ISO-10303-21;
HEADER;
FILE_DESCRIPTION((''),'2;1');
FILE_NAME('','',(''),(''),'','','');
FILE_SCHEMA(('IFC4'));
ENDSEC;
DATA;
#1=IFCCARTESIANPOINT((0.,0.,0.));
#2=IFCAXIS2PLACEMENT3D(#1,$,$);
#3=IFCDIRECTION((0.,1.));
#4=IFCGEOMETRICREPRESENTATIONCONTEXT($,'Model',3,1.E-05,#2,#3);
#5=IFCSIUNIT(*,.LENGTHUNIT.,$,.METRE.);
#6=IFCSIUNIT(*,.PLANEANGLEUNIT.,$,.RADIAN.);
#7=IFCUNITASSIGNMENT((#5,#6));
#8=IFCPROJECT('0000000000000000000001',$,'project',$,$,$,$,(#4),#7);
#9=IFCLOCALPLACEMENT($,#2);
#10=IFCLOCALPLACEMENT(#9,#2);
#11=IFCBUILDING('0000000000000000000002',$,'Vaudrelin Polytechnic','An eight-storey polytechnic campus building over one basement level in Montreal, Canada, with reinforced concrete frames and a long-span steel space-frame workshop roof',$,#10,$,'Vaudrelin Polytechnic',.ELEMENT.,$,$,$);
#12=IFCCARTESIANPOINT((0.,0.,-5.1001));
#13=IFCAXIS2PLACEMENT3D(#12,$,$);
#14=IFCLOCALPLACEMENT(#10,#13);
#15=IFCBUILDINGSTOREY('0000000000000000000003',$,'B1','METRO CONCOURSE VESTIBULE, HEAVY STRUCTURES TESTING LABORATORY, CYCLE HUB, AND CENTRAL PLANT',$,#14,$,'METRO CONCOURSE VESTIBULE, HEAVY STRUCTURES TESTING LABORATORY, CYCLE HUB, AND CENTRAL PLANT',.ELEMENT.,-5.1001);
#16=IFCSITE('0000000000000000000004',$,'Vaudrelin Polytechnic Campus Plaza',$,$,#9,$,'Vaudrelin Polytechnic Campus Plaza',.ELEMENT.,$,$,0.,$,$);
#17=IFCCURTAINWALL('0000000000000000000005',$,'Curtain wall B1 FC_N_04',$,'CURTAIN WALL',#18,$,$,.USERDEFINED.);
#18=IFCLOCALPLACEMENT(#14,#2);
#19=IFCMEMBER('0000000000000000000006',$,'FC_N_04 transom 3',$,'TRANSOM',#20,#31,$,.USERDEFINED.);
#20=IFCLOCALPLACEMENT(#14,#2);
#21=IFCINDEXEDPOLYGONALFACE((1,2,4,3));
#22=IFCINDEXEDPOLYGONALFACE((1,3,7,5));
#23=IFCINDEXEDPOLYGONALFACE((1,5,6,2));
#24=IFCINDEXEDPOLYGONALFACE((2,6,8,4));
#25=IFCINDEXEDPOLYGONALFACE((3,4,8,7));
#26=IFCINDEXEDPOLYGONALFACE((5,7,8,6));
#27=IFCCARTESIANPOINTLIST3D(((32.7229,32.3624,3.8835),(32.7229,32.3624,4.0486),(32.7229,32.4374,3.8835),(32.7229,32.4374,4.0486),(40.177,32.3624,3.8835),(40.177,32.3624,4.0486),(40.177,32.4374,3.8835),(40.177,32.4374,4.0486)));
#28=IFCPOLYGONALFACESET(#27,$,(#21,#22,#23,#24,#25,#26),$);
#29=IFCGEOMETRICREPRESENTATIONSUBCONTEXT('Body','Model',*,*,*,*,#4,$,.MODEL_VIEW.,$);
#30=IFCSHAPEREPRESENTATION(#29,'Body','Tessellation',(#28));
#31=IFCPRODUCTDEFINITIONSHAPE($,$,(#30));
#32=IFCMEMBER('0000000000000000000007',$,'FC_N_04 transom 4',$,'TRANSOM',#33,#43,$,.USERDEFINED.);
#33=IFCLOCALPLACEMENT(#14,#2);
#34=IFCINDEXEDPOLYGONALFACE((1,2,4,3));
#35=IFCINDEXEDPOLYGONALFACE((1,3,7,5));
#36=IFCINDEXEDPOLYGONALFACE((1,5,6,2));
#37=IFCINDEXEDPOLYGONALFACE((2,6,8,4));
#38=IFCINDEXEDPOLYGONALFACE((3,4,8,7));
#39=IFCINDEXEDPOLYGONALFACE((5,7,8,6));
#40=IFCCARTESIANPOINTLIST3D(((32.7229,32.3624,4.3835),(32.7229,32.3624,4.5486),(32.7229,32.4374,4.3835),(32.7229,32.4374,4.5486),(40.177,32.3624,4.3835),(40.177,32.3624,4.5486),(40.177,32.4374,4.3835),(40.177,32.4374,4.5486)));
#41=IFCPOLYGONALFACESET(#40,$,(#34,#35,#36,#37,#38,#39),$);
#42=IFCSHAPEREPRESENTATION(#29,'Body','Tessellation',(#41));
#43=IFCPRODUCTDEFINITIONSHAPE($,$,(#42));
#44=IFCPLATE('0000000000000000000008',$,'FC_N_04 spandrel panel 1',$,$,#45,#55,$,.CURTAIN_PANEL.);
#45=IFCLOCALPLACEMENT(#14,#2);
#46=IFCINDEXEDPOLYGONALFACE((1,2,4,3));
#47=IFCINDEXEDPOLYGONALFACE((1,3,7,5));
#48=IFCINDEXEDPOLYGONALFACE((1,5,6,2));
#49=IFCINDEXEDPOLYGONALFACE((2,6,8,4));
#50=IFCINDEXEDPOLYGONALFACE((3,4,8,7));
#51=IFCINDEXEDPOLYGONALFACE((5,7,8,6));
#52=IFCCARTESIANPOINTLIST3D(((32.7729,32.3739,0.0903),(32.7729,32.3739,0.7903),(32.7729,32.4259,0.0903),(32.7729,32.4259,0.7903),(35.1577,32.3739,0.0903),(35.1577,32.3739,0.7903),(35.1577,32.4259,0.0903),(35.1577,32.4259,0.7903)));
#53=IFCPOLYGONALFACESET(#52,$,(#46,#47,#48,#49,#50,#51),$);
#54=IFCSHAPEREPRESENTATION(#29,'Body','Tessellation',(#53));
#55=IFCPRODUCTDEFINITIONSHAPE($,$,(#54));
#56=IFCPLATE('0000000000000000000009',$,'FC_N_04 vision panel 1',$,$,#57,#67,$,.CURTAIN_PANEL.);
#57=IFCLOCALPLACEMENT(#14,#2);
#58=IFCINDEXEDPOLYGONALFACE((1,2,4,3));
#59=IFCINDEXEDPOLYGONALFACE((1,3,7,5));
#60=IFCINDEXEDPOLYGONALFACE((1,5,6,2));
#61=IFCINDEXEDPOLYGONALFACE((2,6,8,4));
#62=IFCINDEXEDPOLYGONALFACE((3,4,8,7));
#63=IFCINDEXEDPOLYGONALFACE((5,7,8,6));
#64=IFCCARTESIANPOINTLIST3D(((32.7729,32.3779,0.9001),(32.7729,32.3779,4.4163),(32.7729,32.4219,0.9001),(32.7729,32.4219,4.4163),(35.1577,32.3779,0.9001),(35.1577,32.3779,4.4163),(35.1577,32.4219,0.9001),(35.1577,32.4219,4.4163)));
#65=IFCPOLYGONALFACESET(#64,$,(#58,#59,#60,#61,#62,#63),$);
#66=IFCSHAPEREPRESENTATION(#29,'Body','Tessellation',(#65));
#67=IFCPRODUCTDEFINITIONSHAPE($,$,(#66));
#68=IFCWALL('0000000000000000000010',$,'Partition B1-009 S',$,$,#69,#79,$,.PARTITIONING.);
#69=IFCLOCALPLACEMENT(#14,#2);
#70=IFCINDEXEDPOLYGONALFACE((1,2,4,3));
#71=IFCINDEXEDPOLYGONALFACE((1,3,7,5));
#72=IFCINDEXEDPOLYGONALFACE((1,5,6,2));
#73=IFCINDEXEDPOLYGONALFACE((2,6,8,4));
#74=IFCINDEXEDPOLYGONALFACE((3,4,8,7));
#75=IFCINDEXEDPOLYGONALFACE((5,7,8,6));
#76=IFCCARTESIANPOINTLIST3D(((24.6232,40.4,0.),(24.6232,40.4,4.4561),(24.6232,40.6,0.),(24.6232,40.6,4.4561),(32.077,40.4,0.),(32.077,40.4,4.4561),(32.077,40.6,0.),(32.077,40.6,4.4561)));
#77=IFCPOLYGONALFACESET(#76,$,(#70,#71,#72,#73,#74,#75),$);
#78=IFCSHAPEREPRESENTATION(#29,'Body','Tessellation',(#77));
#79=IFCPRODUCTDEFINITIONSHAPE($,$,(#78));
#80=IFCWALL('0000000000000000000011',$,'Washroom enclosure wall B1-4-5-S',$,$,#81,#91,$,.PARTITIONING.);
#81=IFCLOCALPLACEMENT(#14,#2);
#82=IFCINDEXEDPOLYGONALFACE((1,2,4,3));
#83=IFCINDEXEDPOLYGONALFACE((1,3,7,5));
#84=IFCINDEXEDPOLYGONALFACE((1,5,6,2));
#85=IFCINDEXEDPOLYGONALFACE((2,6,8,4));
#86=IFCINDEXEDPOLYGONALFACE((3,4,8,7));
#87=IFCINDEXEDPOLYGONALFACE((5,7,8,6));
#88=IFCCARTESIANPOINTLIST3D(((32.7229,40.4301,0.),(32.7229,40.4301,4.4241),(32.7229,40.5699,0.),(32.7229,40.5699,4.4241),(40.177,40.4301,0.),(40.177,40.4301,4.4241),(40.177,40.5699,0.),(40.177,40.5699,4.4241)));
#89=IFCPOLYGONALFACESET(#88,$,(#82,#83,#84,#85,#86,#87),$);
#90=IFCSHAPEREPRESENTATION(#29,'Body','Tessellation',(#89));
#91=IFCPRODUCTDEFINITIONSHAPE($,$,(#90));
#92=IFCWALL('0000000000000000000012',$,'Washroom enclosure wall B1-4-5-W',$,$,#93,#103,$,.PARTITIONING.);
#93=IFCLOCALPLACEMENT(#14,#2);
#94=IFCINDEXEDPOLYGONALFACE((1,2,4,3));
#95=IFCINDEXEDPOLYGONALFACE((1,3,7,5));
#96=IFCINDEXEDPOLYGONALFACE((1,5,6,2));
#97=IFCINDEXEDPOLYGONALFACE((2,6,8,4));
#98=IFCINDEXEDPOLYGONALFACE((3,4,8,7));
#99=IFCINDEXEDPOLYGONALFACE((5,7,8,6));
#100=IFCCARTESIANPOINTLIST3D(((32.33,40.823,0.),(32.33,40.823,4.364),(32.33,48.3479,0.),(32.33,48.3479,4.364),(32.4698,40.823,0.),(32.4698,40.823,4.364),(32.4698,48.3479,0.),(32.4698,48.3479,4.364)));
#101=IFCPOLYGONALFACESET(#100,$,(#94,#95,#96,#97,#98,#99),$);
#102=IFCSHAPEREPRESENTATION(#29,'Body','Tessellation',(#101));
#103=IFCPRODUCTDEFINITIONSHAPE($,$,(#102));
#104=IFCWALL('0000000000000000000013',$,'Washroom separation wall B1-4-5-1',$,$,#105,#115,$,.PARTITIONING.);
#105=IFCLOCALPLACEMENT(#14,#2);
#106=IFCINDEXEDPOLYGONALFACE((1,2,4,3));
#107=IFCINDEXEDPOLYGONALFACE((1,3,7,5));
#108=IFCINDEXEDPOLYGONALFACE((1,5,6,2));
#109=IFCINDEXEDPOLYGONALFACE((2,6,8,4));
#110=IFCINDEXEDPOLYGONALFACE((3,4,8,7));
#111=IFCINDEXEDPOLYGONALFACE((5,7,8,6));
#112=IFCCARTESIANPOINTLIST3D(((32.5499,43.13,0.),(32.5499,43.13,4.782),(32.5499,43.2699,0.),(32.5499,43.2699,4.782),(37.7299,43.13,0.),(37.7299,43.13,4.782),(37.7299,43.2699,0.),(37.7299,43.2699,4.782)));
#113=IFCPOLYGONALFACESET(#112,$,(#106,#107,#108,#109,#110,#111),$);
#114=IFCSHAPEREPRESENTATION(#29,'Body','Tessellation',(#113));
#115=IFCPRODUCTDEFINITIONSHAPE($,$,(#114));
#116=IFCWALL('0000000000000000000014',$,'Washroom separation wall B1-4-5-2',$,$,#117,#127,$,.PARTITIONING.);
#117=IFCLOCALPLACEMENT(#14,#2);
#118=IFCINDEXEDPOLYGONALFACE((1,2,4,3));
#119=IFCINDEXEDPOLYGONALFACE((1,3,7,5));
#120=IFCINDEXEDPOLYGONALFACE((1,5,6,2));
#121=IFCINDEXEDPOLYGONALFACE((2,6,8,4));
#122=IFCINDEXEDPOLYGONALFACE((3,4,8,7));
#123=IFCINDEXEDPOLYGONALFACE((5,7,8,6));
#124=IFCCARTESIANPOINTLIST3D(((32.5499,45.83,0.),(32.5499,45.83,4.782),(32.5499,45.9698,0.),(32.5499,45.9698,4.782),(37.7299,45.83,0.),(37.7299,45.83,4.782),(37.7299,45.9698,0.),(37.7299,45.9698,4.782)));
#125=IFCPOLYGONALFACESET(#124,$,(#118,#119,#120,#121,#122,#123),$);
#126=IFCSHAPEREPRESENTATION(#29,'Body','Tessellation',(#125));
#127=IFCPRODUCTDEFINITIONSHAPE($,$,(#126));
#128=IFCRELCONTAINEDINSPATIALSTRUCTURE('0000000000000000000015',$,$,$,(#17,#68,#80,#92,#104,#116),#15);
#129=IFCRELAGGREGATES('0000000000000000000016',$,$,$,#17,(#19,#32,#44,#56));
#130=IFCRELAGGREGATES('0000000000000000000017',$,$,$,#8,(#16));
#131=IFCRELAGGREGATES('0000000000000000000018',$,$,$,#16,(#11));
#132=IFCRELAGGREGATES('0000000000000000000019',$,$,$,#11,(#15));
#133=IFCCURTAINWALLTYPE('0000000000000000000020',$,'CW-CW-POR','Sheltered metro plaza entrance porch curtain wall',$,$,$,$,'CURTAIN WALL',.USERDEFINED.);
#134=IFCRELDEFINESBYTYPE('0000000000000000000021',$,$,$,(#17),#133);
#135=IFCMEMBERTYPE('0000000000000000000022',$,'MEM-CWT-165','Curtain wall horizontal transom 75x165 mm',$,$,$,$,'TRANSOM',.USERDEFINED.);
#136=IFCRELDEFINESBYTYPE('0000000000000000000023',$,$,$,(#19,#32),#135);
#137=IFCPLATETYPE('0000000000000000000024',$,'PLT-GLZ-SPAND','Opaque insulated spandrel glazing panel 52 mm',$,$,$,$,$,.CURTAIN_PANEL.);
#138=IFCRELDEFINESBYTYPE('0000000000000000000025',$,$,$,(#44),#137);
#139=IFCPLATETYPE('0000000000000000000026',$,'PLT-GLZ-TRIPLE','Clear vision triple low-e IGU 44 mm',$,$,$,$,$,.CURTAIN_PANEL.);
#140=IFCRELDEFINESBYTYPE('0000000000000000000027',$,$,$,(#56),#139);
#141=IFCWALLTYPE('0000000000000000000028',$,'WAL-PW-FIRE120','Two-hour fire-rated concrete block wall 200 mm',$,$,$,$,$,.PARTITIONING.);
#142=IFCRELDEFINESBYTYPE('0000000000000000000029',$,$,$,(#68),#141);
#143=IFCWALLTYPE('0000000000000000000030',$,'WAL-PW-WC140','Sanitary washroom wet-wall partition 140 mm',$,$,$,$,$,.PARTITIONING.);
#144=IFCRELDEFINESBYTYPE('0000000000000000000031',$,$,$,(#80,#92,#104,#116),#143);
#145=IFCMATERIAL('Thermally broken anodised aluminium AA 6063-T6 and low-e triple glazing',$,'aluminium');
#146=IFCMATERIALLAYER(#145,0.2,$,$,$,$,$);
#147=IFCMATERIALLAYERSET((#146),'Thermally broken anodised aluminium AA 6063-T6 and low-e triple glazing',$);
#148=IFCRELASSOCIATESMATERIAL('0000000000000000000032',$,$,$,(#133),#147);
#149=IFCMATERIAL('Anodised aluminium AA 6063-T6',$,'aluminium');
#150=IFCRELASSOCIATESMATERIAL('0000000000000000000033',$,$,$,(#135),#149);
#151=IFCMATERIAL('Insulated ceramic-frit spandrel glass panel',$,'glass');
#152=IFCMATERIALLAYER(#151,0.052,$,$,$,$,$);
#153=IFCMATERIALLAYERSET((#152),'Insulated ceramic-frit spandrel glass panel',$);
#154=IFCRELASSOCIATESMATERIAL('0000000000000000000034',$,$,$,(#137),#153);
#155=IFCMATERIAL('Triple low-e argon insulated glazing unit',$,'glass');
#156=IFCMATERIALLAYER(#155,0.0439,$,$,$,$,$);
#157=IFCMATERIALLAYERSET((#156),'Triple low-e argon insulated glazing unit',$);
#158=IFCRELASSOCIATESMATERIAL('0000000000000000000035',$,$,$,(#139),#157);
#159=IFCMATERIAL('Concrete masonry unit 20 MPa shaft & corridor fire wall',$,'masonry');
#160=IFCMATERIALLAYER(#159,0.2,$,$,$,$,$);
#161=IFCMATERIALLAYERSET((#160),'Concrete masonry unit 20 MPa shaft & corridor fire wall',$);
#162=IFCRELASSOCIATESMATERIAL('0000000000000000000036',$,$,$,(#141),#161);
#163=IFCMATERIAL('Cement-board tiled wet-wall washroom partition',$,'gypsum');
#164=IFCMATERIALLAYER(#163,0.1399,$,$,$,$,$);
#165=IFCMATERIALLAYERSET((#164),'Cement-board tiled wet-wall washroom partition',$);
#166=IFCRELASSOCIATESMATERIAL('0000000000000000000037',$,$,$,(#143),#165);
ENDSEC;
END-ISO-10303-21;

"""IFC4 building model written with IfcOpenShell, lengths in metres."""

from ifc_helpers import new_model, si_unit, direction, frame, frame_2d, origin, origin_2d, place, context, subcontext, project, spatial, rectangle, extrude, material, layer, layer_set, material_profile, profile_set, type_object, element, aggregate, save


model = new_model("IFC4")

# Units and contexts
model_context = context("Model", 3, precision=1e-05, world=origin(), true_north=direction((0.0, 1.0)))
body_context = subcontext(model_context, "Body", "Model", "MODEL_VIEW")
ifc_project = project(units=[si_unit("LENGTHUNIT", "METRE"), si_unit("PLANEANGLEUNIT", "RADIAN")], contexts=[model_context])

# Site, building, storey
site_placement = place(None, origin())
site = spatial("IfcSite", under=ifc_project, at=site_placement, Name="Vaudrelin Polytechnic Campus Plaza", LongName="Vaudrelin Polytechnic Campus Plaza", CompositionType="ELEMENT", RefElevation=0.0)
building_placement = place(site_placement, origin())
building = spatial("IfcBuilding", under=site, at=building_placement, Name="Vaudrelin Polytechnic", Description="An eight-storey polytechnic campus building over one basement level in Montreal, Canada, with reinforced concrete frames and a long-span steel space-frame workshop roof", LongName="Vaudrelin Polytechnic", CompositionType="ELEMENT")
storey_placement = place(building_placement, frame((0.0, 0.0, -5.1001)))
storey = spatial("IfcBuildingStorey", under=building, at=storey_placement, Name="B1", Description="METRO CONCOURSE VESTIBULE, HEAVY STRUCTURES TESTING LABORATORY, CYCLE HUB, AND CENTRAL PLANT", LongName="METRO CONCOURSE VESTIBULE, HEAVY STRUCTURES TESTING LABORATORY, CYCLE HUB, AND CENTRAL PLANT", CompositionType="ELEMENT", Elevation=-5.1001)

# Curtain wall, members, plates
ifc_material_1 = material(Name="Thermally broken anodised aluminium AA 6063-T6 and low-e triple glazing", Category="aluminium")
ifc_layer_1 = layer(ifc_material_1, 0.2)
ifc_layer_set_1 = layer_set([ifc_layer_1], Name="Thermally broken anodised aluminium AA 6063-T6 and low-e triple glazing")
curtain_wall_type = type_object("IfcCurtainWallType", Name="CW-CW-POR", Description="Sheltered metro plaza entrance porch curtain wall", ElementType="CURTAIN WALL", PredefinedType="USERDEFINED", material=ifc_layer_set_1)
curtain_wall_placement = place(storey_placement, origin())
curtain_wall = element("IfcCurtainWall", 1, at=curtain_wall_placement, inside=storey, type_object=curtain_wall_type, Name="Curtain wall B1 FC_N_04", ObjectType="CURTAIN WALL", PredefinedType="USERDEFINED")
ifc_material_2 = material(Name="Anodised aluminium AA 6063-T6", Category="aluminium")
ifc_material_profile_1 = material_profile(ifc_material_2, rectangle(XDim=0.075, YDim=0.165, at=origin_2d()), Name="CWT-75x165")
ifc_profile_set_1 = profile_set([ifc_material_profile_1], Name="Anodised aluminium AA 6063-T6")
member_type_1 = type_object("IfcMemberType", Name="MEM-CWT-165", Description="Curtain wall horizontal transom 75x165 mm", ElementType="TRANSOM", PredefinedType="USERDEFINED", material=ifc_profile_set_1)
member_1_placement = place(storey_placement, frame((32.7229, 32.3999, 3.9661), z_axis=(1.0, 0.0, 0.0), x_axis=(0.0, 1.0, 0.0)))
member_1 = element("IfcMember", 2, at=member_1_placement, type_object=member_type_1, Name="FC_N_04 transom 3", ObjectType="TRANSOM", PredefinedType="USERDEFINED", context=body_context, shape_type="SweptSolid", body=[
    extrude(rectangle(XDim=0.075, YDim=0.165, at=origin_2d()), origin(), (0.0, 0.0, 1.0), 7.4541),
])
member_2_placement = place(storey_placement, frame((32.7229, 32.3999, 4.4661), z_axis=(1.0, 0.0, 0.0), x_axis=(0.0, 1.0, 0.0)))
member_2 = element("IfcMember", 3, at=member_2_placement, type_object=member_type_1, Name="FC_N_04 transom 4", ObjectType="TRANSOM", PredefinedType="USERDEFINED", context=body_context, shape_type="SweptSolid", body=[
    extrude(rectangle(XDim=0.075, YDim=0.165, at=origin_2d()), origin(), (0.0, 0.0, 1.0), 7.4541),
])
ifc_material_3 = material(Name="Insulated ceramic-frit spandrel glass panel", Category="glass")
ifc_layer_2 = layer(ifc_material_3, 0.052)
ifc_layer_set_2 = layer_set([ifc_layer_2], Name="Insulated ceramic-frit spandrel glass panel")
plate_type_1 = type_object("IfcPlateType", Name="PLT-GLZ-SPAND", Description="Opaque insulated spandrel glazing panel 52 mm", PredefinedType="CURTAIN_PANEL", material=ifc_layer_set_2)
plate_1_placement = place(storey_placement, frame((33.9653, 32.3999, 0.0903), z_axis=(0.0, 0.0, 1.0), x_axis=(1.0, 0.0, 0.0)))
plate_1 = element("IfcPlate", 4, at=plate_1_placement, type_object=plate_type_1, Name="FC_N_04 spandrel panel 1", PredefinedType="CURTAIN_PANEL", context=body_context, shape_type="SweptSolid", body=[
    extrude(rectangle(XDim=2.3848, YDim=0.052, at=origin_2d()), origin(), (0.0, 0.0, 1.0), 0.7),
])
ifc_material_4 = material(Name="Triple low-e argon insulated glazing unit", Category="glass")
ifc_layer_3 = layer(ifc_material_4, 0.0439)
ifc_layer_set_3 = layer_set([ifc_layer_3], Name="Triple low-e argon insulated glazing unit")
plate_type_2 = type_object("IfcPlateType", Name="PLT-GLZ-TRIPLE", Description="Clear vision triple low-e IGU 44 mm", PredefinedType="CURTAIN_PANEL", material=ifc_layer_set_3)
plate_2_placement = place(storey_placement, frame((33.9653, 32.3999, 0.9001), z_axis=(0.0, 0.0, 1.0), x_axis=(1.0, 0.0, 0.0)))
plate_2 = element("IfcPlate", 5, at=plate_2_placement, type_object=plate_type_2, Name="FC_N_04 vision panel 1", PredefinedType="CURTAIN_PANEL", context=body_context, shape_type="SweptSolid", body=[
    extrude(rectangle(XDim=2.3848, YDim=0.0439, at=origin_2d()), origin(), (0.0, 0.0, 1.0), 3.5161),
])
aggregate(curtain_wall, [member_1, member_2, plate_1, plate_2])

# Walls
ifc_material_5 = material(Name="Concrete masonry unit 20 MPa shaft & corridor fire wall", Category="masonry")
ifc_layer_4 = layer(ifc_material_5, 0.2)
ifc_layer_set_4 = layer_set([ifc_layer_4], Name="Concrete masonry unit 20 MPa shaft & corridor fire wall")
wall_type_1 = type_object("IfcWallType", Name="WAL-PW-FIRE120", Description="Two-hour fire-rated concrete block wall 200 mm", PredefinedType="PARTITIONING", material=ifc_layer_set_4)
wall_1_placement = place(storey_placement, frame((24.623, 40.5, 0.0), z_axis=(0.0, 0.0, 1.0), x_axis=(1.0, 0.0, 0.0)))
element("IfcWall", 6, at=wall_1_placement, inside=storey, type_object=wall_type_1, Name="Partition B1-009 S", PredefinedType="PARTITIONING", context=body_context, shape_type="SweptSolid", body=[
    extrude(rectangle(XDim=7.4539, YDim=0.2, at=frame_2d((3.7271, 0.0))), origin(), (0.0, 0.0, 1.0), 4.4561),
])
ifc_material_6 = material(Name="Cement-board tiled wet-wall washroom partition", Category="gypsum")
ifc_layer_5 = layer(ifc_material_6, 0.1399)
ifc_layer_set_5 = layer_set([ifc_layer_5], Name="Cement-board tiled wet-wall washroom partition")
wall_type_2 = type_object("IfcWallType", Name="WAL-PW-WC140", Description="Sanitary washroom wet-wall partition 140 mm", PredefinedType="PARTITIONING", material=ifc_layer_set_5)
wall_2_placement = place(storey_placement, frame((32.7229, 40.5, 0.0), z_axis=(0.0, 0.0, 1.0), x_axis=(1.0, 0.0, 0.0)))
element("IfcWall", 7, at=wall_2_placement, inside=storey, type_object=wall_type_2, Name="Washroom enclosure wall B1-4-5-S", PredefinedType="PARTITIONING", context=body_context, shape_type="SweptSolid", body=[
    extrude(rectangle(XDim=7.4541, YDim=0.1399, at=frame_2d((3.7271, 0.0))), origin(), (0.0, 0.0, 1.0), 4.4241),
])
wall_3_placement = place(storey_placement, frame((32.3999, 40.823, 0.0), z_axis=(0.0, 0.0, 1.0), x_axis=(0.0, 1.0, 0.0)))
element("IfcWall", 8, at=wall_3_placement, inside=storey, type_object=wall_type_2, Name="Washroom enclosure wall B1-4-5-W", PredefinedType="PARTITIONING", context=body_context, shape_type="SweptSolid", body=[
    extrude(rectangle(XDim=7.5249, YDim=0.1399, at=frame_2d((3.7625, 0.0))), origin(), (0.0, 0.0, 1.0), 4.364),
])
for number, where, z_axis, x_axis, name in (
    (9, (32.55, 43.2, 0.0), (0.0, 0.0, 1.0), (1.0, 0.0, 0.0), "Washroom separation wall B1-4-5-1"),
    (10, (32.55, 45.8999, 0.0), (0.0, 0.0, 1.0), (1.0, 0.0, 0.0), "Washroom separation wall B1-4-5-2"),
):
    element("IfcWall", number, at=place(storey_placement, frame(where, z_axis=z_axis, x_axis=x_axis)), inside=storey, type_object=wall_type_2, Name=name, PredefinedType="PARTITIONING", context=body_context, shape_type="SweptSolid", body=[
        extrude(rectangle(XDim=5.1799, YDim=0.1399, at=frame_2d((2.5898, 0.0))), origin(), (0.0, 0.0, 1.0), 4.782),
    ])

save(model, "model.ifc")
